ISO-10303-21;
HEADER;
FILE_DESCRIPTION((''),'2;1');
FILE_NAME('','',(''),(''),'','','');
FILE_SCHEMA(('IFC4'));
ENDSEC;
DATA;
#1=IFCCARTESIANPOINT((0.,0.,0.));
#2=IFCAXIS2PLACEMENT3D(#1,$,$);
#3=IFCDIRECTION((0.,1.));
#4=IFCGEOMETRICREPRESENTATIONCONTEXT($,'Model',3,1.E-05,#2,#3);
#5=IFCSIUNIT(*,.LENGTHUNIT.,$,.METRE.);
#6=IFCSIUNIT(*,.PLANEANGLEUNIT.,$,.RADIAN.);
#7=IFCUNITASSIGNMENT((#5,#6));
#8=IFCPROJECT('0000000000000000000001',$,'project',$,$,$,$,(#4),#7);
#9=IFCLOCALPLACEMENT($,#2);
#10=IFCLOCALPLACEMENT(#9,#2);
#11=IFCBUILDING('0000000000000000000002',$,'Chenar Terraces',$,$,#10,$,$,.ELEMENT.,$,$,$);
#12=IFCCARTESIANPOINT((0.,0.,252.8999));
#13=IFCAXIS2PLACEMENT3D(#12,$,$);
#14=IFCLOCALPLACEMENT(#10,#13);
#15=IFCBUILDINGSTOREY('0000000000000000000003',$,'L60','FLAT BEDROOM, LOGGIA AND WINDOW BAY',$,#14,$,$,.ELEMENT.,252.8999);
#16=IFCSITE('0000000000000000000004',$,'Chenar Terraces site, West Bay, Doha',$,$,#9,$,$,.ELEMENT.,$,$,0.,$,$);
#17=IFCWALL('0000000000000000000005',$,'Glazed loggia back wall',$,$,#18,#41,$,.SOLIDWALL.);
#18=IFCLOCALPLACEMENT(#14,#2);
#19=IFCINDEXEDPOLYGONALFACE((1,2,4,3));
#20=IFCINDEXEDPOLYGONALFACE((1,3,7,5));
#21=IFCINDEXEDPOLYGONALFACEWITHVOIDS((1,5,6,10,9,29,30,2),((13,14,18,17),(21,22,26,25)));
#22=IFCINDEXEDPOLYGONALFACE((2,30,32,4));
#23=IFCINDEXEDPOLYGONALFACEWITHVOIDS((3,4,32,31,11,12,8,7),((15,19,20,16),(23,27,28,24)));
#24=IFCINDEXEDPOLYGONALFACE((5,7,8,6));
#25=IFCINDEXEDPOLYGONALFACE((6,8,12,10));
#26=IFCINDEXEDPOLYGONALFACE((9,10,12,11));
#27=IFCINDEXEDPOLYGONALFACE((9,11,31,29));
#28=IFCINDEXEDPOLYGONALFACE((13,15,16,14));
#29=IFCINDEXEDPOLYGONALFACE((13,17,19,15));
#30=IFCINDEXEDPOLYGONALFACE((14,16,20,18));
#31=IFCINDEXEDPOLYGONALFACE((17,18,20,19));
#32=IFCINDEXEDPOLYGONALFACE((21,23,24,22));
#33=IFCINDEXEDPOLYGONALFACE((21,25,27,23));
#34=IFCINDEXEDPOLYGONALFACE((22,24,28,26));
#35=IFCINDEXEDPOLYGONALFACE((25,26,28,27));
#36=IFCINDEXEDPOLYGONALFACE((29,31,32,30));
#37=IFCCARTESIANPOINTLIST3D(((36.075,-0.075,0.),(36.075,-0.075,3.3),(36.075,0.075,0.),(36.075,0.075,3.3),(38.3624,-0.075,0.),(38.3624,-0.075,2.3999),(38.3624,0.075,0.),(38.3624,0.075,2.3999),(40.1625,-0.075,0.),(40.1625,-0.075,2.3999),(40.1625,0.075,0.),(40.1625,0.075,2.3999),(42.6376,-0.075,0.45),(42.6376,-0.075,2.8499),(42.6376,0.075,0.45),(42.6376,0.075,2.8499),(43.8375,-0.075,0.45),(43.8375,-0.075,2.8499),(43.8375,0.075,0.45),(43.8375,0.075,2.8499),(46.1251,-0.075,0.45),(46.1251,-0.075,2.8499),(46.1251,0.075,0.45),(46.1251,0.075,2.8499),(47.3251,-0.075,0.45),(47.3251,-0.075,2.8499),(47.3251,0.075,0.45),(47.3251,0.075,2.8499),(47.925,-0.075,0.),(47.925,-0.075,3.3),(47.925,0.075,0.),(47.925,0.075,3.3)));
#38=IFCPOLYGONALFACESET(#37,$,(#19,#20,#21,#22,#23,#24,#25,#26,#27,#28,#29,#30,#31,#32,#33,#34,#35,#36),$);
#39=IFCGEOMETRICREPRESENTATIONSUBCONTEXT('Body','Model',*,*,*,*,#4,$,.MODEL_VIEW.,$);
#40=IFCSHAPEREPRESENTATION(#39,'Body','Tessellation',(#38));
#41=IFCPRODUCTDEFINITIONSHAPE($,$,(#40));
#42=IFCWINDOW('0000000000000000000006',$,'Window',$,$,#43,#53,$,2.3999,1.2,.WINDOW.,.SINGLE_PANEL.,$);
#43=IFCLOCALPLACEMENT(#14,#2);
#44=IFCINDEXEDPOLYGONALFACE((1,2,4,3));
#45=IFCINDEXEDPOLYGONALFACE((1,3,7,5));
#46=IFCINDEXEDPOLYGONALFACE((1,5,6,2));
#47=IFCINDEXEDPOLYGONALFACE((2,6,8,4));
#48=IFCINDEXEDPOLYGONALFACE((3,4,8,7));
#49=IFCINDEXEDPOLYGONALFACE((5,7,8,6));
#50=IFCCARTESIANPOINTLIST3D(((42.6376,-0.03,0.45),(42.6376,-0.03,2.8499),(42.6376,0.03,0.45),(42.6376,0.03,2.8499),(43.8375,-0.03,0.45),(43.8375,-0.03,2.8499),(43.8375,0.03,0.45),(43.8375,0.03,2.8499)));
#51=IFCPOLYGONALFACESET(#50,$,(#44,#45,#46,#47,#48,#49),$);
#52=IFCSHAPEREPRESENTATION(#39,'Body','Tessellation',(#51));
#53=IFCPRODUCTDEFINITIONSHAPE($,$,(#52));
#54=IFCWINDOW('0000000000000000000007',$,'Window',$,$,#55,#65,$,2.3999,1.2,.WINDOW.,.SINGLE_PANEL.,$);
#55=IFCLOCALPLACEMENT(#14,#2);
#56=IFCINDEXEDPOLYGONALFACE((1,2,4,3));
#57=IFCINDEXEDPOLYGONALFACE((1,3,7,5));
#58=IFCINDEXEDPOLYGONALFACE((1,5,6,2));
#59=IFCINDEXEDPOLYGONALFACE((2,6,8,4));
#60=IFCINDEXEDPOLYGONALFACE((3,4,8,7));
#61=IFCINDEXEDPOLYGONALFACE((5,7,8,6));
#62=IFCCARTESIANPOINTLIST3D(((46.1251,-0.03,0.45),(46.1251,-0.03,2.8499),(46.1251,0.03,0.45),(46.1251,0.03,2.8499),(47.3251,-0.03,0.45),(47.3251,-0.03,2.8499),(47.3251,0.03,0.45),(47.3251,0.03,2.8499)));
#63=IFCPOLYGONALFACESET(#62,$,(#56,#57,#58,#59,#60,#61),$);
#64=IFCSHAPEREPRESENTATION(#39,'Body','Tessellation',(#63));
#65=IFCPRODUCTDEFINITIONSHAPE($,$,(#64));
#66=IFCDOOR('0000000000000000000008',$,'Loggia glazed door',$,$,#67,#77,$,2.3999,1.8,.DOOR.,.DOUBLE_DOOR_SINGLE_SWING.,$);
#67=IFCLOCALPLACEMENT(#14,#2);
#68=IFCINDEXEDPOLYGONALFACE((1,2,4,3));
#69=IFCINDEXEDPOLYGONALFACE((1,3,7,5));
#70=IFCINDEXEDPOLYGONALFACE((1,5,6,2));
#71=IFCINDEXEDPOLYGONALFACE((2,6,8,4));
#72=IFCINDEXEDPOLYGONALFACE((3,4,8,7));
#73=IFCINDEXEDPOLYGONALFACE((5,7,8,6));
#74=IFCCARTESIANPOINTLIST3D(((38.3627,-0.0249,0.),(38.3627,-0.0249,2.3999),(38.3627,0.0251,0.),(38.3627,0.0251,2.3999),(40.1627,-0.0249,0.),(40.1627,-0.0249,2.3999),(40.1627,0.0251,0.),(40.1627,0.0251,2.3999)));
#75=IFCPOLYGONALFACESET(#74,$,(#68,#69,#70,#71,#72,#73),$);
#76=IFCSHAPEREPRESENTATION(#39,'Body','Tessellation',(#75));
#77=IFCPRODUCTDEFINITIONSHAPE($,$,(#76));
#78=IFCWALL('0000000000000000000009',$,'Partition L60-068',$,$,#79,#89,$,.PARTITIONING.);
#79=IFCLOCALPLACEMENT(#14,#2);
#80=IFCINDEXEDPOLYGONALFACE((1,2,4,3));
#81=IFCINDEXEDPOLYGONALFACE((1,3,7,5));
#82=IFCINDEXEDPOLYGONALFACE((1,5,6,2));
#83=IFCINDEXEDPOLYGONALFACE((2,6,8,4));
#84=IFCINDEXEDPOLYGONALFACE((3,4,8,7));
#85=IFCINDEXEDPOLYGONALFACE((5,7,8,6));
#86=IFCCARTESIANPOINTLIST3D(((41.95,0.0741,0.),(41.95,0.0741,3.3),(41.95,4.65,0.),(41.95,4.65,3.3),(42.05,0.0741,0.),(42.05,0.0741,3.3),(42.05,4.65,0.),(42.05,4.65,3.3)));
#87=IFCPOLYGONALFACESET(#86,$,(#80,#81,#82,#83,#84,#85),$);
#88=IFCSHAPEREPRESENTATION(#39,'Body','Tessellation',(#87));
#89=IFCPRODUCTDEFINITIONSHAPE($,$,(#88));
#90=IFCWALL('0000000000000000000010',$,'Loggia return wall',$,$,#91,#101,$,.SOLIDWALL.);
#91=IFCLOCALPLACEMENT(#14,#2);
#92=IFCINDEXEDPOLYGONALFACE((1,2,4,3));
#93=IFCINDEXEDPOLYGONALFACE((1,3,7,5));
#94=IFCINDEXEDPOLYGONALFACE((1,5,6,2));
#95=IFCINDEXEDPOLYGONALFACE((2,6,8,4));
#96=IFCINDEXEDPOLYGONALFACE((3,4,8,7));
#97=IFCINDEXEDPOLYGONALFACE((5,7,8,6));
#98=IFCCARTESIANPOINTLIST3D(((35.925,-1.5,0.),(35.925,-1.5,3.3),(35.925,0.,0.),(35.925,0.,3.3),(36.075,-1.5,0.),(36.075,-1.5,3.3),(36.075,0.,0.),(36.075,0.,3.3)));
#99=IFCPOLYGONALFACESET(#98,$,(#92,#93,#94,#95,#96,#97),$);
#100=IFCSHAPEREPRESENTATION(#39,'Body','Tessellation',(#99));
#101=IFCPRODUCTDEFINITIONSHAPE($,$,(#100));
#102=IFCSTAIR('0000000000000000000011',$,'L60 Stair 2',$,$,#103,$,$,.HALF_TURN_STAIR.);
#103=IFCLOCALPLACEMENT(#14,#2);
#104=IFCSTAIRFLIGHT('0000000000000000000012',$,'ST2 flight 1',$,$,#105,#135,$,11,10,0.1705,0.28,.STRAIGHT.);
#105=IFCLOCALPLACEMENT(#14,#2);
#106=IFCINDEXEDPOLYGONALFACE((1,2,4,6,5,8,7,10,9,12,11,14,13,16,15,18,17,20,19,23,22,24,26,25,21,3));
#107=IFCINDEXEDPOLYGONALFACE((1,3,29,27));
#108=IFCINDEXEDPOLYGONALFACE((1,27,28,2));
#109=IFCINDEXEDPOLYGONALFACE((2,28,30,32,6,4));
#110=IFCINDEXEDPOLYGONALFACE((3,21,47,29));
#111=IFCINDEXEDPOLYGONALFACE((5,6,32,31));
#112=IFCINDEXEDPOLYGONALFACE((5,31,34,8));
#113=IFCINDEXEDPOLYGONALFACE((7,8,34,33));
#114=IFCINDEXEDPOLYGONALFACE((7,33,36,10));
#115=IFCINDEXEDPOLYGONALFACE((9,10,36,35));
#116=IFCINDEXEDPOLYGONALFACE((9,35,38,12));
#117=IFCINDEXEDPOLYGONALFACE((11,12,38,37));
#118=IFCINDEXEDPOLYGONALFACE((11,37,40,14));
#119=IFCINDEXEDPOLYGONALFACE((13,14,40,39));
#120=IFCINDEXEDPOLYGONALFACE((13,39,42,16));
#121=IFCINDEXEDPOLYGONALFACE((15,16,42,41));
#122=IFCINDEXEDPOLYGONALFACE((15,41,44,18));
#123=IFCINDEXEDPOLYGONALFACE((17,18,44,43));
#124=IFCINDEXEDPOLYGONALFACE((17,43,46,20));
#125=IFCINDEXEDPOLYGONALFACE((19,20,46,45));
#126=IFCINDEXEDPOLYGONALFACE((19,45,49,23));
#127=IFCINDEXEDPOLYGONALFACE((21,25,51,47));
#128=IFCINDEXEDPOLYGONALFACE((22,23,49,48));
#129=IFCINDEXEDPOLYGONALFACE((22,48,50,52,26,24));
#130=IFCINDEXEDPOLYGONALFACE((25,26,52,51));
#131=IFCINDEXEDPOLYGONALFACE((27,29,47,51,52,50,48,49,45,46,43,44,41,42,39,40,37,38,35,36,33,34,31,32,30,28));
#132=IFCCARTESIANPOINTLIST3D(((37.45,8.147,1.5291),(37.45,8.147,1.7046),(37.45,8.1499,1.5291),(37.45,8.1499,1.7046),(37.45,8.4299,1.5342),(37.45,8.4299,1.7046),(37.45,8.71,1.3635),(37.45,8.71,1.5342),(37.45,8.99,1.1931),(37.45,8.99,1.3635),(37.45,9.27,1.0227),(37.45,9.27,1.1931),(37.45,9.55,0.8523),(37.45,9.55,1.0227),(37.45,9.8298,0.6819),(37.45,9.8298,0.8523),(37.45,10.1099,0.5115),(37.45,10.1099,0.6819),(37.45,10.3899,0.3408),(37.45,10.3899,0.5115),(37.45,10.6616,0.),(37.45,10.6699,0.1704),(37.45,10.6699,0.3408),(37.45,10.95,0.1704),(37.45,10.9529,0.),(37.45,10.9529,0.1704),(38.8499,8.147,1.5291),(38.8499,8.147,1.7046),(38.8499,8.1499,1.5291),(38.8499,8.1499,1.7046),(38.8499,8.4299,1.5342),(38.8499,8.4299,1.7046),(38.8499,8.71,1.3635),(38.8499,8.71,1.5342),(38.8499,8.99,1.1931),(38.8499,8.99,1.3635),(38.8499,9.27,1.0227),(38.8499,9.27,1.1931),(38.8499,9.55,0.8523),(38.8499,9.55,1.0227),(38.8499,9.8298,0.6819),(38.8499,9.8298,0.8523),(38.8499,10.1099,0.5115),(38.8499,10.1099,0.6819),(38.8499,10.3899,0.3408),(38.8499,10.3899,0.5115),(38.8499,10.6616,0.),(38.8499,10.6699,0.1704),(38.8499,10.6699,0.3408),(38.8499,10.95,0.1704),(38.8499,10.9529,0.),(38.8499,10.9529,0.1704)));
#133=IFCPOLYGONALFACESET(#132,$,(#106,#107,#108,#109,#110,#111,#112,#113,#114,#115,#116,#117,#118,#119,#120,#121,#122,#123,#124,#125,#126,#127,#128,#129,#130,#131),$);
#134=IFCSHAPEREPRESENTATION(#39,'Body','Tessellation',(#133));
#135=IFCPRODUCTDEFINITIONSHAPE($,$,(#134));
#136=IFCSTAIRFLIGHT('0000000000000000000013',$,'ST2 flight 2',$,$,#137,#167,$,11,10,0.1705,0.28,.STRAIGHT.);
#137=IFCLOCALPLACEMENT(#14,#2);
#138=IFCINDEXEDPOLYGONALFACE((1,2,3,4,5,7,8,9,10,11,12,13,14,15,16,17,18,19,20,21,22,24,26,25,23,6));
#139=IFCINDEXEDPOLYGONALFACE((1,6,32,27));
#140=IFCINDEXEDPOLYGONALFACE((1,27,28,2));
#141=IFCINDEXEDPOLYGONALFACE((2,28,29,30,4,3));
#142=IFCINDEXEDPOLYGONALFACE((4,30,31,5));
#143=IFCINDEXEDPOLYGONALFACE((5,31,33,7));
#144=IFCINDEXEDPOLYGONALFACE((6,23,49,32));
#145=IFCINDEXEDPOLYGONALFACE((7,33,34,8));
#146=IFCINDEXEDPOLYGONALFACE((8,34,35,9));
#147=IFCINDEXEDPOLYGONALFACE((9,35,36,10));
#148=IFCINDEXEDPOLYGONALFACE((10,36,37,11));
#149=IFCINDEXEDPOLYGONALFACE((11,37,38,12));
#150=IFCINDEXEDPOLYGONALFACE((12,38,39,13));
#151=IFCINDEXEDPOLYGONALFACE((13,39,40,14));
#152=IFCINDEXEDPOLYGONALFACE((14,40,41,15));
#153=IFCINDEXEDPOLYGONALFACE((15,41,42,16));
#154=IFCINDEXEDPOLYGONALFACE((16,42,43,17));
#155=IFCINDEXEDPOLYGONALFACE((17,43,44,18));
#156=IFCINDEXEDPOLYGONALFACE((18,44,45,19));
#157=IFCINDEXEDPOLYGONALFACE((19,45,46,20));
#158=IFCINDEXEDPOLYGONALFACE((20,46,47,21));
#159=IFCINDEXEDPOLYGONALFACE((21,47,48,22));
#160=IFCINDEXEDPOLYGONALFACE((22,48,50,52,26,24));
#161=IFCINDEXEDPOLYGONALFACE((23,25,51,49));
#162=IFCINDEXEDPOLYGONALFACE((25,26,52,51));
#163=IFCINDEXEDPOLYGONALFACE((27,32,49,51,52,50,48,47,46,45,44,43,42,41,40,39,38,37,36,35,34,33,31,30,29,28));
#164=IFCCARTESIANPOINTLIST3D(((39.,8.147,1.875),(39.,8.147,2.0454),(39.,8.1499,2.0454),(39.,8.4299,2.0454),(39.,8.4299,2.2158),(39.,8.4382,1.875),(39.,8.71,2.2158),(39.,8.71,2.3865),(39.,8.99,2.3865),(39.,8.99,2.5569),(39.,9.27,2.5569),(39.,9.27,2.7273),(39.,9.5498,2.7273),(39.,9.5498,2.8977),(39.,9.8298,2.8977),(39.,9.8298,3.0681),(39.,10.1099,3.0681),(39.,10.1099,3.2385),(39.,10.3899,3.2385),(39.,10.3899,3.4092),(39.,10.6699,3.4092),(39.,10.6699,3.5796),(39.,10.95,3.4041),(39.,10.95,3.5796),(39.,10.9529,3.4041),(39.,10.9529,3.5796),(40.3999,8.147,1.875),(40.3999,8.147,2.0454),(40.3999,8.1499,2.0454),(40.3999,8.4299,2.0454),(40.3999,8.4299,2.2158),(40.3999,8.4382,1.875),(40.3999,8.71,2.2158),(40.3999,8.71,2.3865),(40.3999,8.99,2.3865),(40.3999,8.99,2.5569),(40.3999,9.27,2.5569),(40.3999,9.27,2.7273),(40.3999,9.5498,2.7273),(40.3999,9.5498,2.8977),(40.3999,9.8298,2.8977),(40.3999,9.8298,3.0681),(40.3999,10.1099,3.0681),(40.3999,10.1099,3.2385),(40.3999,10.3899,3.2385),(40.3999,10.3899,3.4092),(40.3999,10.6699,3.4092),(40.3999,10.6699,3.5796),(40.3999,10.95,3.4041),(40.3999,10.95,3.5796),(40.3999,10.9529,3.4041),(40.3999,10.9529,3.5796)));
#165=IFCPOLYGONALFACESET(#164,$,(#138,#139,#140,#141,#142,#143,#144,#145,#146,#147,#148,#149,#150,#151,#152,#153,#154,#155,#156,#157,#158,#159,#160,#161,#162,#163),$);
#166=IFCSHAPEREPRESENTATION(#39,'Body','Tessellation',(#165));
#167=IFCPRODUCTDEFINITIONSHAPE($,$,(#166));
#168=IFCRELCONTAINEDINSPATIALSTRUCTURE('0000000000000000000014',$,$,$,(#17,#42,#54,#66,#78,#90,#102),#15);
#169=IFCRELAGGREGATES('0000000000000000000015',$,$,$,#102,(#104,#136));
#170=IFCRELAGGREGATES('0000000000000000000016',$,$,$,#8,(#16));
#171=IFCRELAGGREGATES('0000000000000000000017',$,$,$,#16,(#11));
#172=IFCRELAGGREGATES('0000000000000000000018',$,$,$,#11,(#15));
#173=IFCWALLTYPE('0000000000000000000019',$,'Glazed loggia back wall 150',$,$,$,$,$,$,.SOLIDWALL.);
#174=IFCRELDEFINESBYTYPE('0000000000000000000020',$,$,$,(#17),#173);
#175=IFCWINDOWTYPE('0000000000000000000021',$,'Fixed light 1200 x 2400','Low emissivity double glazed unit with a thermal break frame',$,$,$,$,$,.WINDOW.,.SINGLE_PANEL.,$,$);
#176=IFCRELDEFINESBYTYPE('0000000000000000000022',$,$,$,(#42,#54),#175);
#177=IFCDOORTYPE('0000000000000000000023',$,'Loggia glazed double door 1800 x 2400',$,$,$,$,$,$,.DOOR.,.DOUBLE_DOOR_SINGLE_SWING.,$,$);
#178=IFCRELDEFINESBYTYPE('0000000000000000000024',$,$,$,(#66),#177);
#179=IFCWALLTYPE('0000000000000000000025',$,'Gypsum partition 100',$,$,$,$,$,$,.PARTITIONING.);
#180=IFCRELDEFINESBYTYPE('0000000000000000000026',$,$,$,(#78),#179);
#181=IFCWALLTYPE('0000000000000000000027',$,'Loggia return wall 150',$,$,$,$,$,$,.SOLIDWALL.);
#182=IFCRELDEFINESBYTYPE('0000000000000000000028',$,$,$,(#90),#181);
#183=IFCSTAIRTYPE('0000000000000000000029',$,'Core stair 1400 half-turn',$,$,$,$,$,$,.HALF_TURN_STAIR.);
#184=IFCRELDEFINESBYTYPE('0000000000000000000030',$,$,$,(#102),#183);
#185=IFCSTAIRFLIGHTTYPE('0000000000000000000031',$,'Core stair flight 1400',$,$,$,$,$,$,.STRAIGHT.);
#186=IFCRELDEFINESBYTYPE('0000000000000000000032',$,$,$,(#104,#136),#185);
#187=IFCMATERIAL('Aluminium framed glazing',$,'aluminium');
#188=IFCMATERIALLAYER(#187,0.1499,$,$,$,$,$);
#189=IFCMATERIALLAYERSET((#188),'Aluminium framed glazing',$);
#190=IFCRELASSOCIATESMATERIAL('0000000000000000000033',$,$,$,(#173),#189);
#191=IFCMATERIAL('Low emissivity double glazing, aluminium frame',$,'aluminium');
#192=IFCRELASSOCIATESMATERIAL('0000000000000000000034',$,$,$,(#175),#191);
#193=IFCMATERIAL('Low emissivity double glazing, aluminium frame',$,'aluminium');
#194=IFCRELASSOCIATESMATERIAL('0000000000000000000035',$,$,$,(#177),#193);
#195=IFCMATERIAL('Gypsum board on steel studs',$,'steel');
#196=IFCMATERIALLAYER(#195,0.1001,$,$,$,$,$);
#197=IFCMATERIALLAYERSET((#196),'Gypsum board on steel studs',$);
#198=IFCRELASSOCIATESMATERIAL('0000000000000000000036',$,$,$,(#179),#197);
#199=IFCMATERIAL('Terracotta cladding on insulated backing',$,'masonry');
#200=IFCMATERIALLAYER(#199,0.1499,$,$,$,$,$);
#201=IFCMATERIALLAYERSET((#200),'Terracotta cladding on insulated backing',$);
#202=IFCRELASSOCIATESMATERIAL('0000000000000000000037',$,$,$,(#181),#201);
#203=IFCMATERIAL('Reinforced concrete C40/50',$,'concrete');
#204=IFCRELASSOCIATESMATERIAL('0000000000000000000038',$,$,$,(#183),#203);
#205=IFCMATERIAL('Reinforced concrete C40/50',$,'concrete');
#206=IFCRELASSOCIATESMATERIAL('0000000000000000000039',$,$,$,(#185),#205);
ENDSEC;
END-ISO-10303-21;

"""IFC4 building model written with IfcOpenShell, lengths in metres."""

from ifc_helpers import new_model, si_unit, direction, frame, frame_2d, origin, place, context, subcontext, project, spatial, polyline, rectangle, outline, extrude, material, layer, layer_set, type_object, element, fill, aggregate, save


model = new_model("IFC4")

# Units and contexts
model_context = context("Model", 3, precision=1e-05, world=origin(), true_north=direction((0.0, 1.0)))
body_context = subcontext(model_context, "Body", "Model", "MODEL_VIEW")
ifc_project = project(units=[si_unit("LENGTHUNIT", "METRE"), si_unit("PLANEANGLEUNIT", "RADIAN")], contexts=[model_context])

# Site, building, storey
site_placement = place(None, origin())
site = spatial("IfcSite", under=ifc_project, at=site_placement, Name="Chenar Terraces site, West Bay, Doha", CompositionType="ELEMENT", RefElevation=0.0)
building_placement = place(site_placement, origin())
building = spatial("IfcBuilding", under=site, at=building_placement, Name="Chenar Terraces", CompositionType="ELEMENT")
storey_placement = place(building_placement, frame((0.0, 0.0, 252.8999)))
storey = spatial("IfcBuildingStorey", under=building, at=storey_placement, Name="L60", Description="FLAT BEDROOM, LOGGIA AND WINDOW BAY", CompositionType="ELEMENT", Elevation=252.8999)

# Wall, openings, windows, door
ifc_material_1 = material(Name="Aluminium framed glazing", Category="aluminium")
ifc_layer_1 = layer(ifc_material_1, 0.1499)
ifc_layer_set_1 = layer_set([ifc_layer_1], Name="Aluminium framed glazing")
wall_type_1 = type_object("IfcWallType", Name="Glazed loggia back wall 150", PredefinedType="SOLIDWALL", material=ifc_layer_set_1)
wall_1_placement = place(storey_placement, frame((36.075, 0.0, 0.0), z_axis=(0.0, 0.0, 1.0), x_axis=(1.0, 0.0, 0.0)))
wall_1 = element("IfcWall", 1, at=wall_1_placement, inside=storey, type_object=wall_type_1, Name="Glazed loggia back wall", PredefinedType="SOLIDWALL", context=body_context, shape_type="SweptSolid", body=[
    extrude(rectangle(XDim=11.8501, YDim=0.1499, at=frame_2d((5.925, 0.0))), origin(), (0.0, 0.0, 1.0), 3.3),
])
opening_1_placement = place(wall_1_placement, frame((2.2876, 0.0, 0.0)))
opening_1 = element("IfcOpeningElement", 2, at=opening_1_placement, cuts=wall_1, PredefinedType="OPENING", context=body_context, shape_type="SweptSolid", body=[
    extrude(rectangle(XDim=1.8, YDim=2.3999, at=frame_2d((0.8999, 1.2))), frame((0.0, 0.085, 0.0), z_axis=(0.0, -1.0, 0.0), x_axis=(1.0, 0.0, 0.0)), (0.0, 0.0, 1.0), 0.1699),
])
opening_2_placement = place(wall_1_placement, frame((6.5625, 0.0, 0.45)))
opening_2 = element("IfcOpeningElement", 3, at=opening_2_placement, cuts=wall_1, PredefinedType="OPENING", context=body_context, shape_type="SweptSolid", body=[
    extrude(rectangle(XDim=1.2, YDim=2.3999, at=frame_2d((0.6001, 1.2))), frame((0.0, 0.085, 0.0), z_axis=(0.0, -1.0, 0.0), x_axis=(1.0, 0.0, 0.0)), (0.0, 0.0, 1.0), 0.1699),
])
opening_3_placement = place(wall_1_placement, frame((10.05, 0.0, 0.45)))
opening_3 = element("IfcOpeningElement", 4, at=opening_3_placement, cuts=wall_1, PredefinedType="OPENING", context=body_context, shape_type="SweptSolid", body=[
    extrude(rectangle(XDim=1.2, YDim=2.3999, at=frame_2d((0.6001, 1.2))), frame((0.0, 0.085, 0.0), z_axis=(0.0, -1.0, 0.0), x_axis=(1.0, 0.0, 0.0)), (0.0, 0.0, 1.0), 0.1699),
])
ifc_material_2 = material(Name="Low emissivity double glazing, aluminium frame", Category="aluminium")
window_type = type_object("IfcWindowType", Name="Fixed light 1200 x 2400", Description="Low emissivity double glazed unit with a thermal break frame", PartitioningType="SINGLE_PANEL", PredefinedType="WINDOW", material=ifc_material_2)
window_1_placement = place(opening_2_placement, origin())
window_1 = element("IfcWindow", 5, at=window_1_placement, inside=storey, type_object=window_type, Name="Window", OverallHeight=2.3999, OverallWidth=1.2, PartitioningType="SINGLE_PANEL", PredefinedType="WINDOW", context=body_context, shape_type="SweptSolid", body=[
    extrude(rectangle(XDim=1.2, YDim=2.3999, at=frame_2d((0.6001, 1.2))), frame((0.0, 0.03, 0.0), z_axis=(0.0, -1.0, 0.0), x_axis=(1.0, 0.0, 0.0)), (0.0, 0.0, 1.0), 0.0601),
])
fill(opening_2, window_1)
window_2_placement = place(opening_3_placement, origin())
window_2 = element("IfcWindow", 6, at=window_2_placement, inside=storey, type_object=window_type, Name="Window", OverallHeight=2.3999, OverallWidth=1.2, PartitioningType="SINGLE_PANEL", PredefinedType="WINDOW", context=body_context, shape_type="SweptSolid", body=[
    extrude(rectangle(XDim=1.2, YDim=2.3999, at=frame_2d((0.6001, 1.2))), frame((0.0, 0.03, 0.0), z_axis=(0.0, -1.0, 0.0), x_axis=(1.0, 0.0, 0.0)), (0.0, 0.0, 1.0), 0.0601),
])
fill(opening_3, window_2)
ifc_material_3 = material(Name="Low emissivity double glazing, aluminium frame", Category="aluminium")
door_type_1 = type_object("IfcDoorType", Name="Loggia glazed double door 1800 x 2400", OperationType="DOUBLE_DOOR_SINGLE_SWING", PredefinedType="DOOR", material=ifc_material_3)
door_1_placement = place(opening_1_placement, frame((1.8, 0.0, 0.0), z_axis=(0.0, 0.0, 1.0), x_axis=(-1.0, 0.0, 0.0)))
door_1 = element("IfcDoor", 7, at=door_1_placement, inside=storey, type_object=door_type_1, Name="Loggia glazed door", OperationType="DOUBLE_DOOR_SINGLE_SWING", OverallHeight=2.3999, OverallWidth=1.8, PredefinedType="DOOR", context=body_context, shape_type="SweptSolid", body=[
    extrude(rectangle(XDim=1.8, YDim=2.3999, at=frame_2d((0.8999, 1.2))), frame((0.0, 0.0249, 0.0), z_axis=(0.0, -1.0, 0.0), x_axis=(1.0, 0.0, 0.0)), (0.0, 0.0, 1.0), 0.05),
])
fill(opening_1, door_1)

# Walls
ifc_material_4 = material(Name="Gypsum board on steel studs", Category="steel")
ifc_layer_2 = layer(ifc_material_4, 0.1001)
ifc_layer_set_2 = layer_set([ifc_layer_2], Name="Gypsum board on steel studs")
wall_type_2 = type_object("IfcWallType", Name="Gypsum partition 100", PredefinedType="PARTITIONING", material=ifc_layer_set_2)
wall_2_placement = place(storey_placement, frame((42.0, 0.074, 0.0), z_axis=(0.0, 0.0, 1.0), x_axis=(0.0, 1.0, 0.0)))
element("IfcWall", 8, at=wall_2_placement, inside=storey, type_object=wall_type_2, Name="Partition L60-068", PredefinedType="PARTITIONING", context=body_context, shape_type="SweptSolid", body=[
    extrude(rectangle(XDim=4.5759, YDim=0.1001, at=frame_2d((2.2881, 0.0))), origin(), (0.0, 0.0, 1.0), 3.3),
])
ifc_material_5 = material(Name="Terracotta cladding on insulated backing", Category="masonry")
ifc_layer_3 = layer(ifc_material_5, 0.1499)
ifc_layer_set_3 = layer_set([ifc_layer_3], Name="Terracotta cladding on insulated backing")
wall_type_3 = type_object("IfcWallType", Name="Loggia return wall 150", PredefinedType="SOLIDWALL", material=ifc_layer_set_3)
wall_3_placement = place(storey_placement, frame((36.0, -1.5, 0.0), z_axis=(0.0, 0.0, 1.0), x_axis=(0.0, 1.0, 0.0)))
element("IfcWall", 9, at=wall_3_placement, inside=storey, type_object=wall_type_3, Name="Loggia return wall", PredefinedType="SOLIDWALL", context=body_context, shape_type="SweptSolid", body=[
    extrude(rectangle(XDim=1.5, YDim=0.1499, at=frame_2d((0.75, 0.0))), origin(), (0.0, 0.0, 1.0), 3.3),
])

# Stair, stair flights
ifc_material_6 = material(Name="Reinforced concrete C40/50", Category="concrete")
stair_type = type_object("IfcStairType", Name="Core stair 1400 half-turn", PredefinedType="HALF_TURN_STAIR", material=ifc_material_6)
stair_placement = place(storey_placement, origin())
stair = element("IfcStair", 10, at=stair_placement, inside=storey, type_object=stair_type, Name="L60 Stair 2", PredefinedType="HALF_TURN_STAIR")
ifc_material_7 = material(Name="Reinforced concrete C40/50", Category="concrete")
stair_flight_type = type_object("IfcStairFlightType", Name="Core stair flight 1400", PredefinedType="STRAIGHT", material=ifc_material_7)
stair_flight_1_placement = place(storey_placement, frame((38.1499, 10.95, 0.0), z_axis=(0.0, 0.0, 1.0), x_axis=(0.0, -1.0, 0.0)))
stair_flight_1 = element("IfcStairFlight", 11, at=stair_flight_1_placement, type_object=stair_flight_type, Name="ST2 flight 1", NumberOfRisers=11, NumberOfTreads=10, PredefinedType="STRAIGHT", RiserHeight=0.1705, TreadLength=0.28, context=body_context, shape_type="SweptSolid", body=[
    extrude(outline(polyline([(-0.0029, 0.0), (-0.0029, 0.1704), (0.0, 0.1704), (0.28, 0.1704), (0.28, 0.3408), (0.5601, 0.3408), (0.5601, 0.5115), (0.8401, 0.5115), (0.8401, 0.6819), (1.1201, 0.6819), (1.1201, 0.8523), (1.3999, 0.8523), (1.3999, 1.0227), (1.6799, 1.0227), (1.6799, 1.1931), (1.96, 1.1931), (1.96, 1.3635), (2.24, 1.3635), (2.24, 1.5342), (2.52, 1.5342), (2.52, 1.7046), (2.8, 1.7046), (2.803, 1.7046), (2.803, 1.5291), (2.8, 1.5291), (0.2883, 0.0), (-0.0029, 0.0)])), frame((0.0, 0.7, 0.0), z_axis=(0.0, -1.0, 0.0), x_axis=(1.0, 0.0, 0.0)), (0.0, 0.0, 1.0), 1.3999),
])
stair_flight_2_placement = place(storey_placement, frame((39.7, 8.1499, 1.875), z_axis=(0.0, 0.0, 1.0), x_axis=(0.0, 1.0, 0.0)))
stair_flight_2 = element("IfcStairFlight", 12, at=stair_flight_2_placement, type_object=stair_flight_type, Name="ST2 flight 2", NumberOfRisers=11, NumberOfTreads=10, PredefinedType="STRAIGHT", RiserHeight=0.1705, TreadLength=0.28, context=body_context, shape_type="SweptSolid", body=[
    extrude(outline(polyline([(-0.0029, 0.0), (-0.0029, 0.1704), (0.0, 0.1704), (0.28, 0.1704), (0.28, 0.3408), (0.5601, 0.3408), (0.5601, 0.5115), (0.8401, 0.5115), (0.8401, 0.6819), (1.1201, 0.6819), (1.1201, 0.8523), (1.3999, 0.8523), (1.3999, 1.0227), (1.6799, 1.0227), (1.6799, 1.1931), (1.96, 1.1931), (1.96, 1.3635), (2.24, 1.3635), (2.24, 1.5342), (2.52, 1.5342), (2.52, 1.7046), (2.8, 1.7046), (2.803, 1.7046), (2.803, 1.5291), (2.8, 1.5291), (0.2883, 0.0), (-0.0029, 0.0)])), frame((0.0, 0.7, 0.0), z_axis=(0.0, -1.0, 0.0), x_axis=(1.0, 0.0, 0.0)), (0.0, 0.0, 1.0), 1.3999),
])
aggregate(stair, [stair_flight_1, stair_flight_2])

save(model, "model.ifc")
